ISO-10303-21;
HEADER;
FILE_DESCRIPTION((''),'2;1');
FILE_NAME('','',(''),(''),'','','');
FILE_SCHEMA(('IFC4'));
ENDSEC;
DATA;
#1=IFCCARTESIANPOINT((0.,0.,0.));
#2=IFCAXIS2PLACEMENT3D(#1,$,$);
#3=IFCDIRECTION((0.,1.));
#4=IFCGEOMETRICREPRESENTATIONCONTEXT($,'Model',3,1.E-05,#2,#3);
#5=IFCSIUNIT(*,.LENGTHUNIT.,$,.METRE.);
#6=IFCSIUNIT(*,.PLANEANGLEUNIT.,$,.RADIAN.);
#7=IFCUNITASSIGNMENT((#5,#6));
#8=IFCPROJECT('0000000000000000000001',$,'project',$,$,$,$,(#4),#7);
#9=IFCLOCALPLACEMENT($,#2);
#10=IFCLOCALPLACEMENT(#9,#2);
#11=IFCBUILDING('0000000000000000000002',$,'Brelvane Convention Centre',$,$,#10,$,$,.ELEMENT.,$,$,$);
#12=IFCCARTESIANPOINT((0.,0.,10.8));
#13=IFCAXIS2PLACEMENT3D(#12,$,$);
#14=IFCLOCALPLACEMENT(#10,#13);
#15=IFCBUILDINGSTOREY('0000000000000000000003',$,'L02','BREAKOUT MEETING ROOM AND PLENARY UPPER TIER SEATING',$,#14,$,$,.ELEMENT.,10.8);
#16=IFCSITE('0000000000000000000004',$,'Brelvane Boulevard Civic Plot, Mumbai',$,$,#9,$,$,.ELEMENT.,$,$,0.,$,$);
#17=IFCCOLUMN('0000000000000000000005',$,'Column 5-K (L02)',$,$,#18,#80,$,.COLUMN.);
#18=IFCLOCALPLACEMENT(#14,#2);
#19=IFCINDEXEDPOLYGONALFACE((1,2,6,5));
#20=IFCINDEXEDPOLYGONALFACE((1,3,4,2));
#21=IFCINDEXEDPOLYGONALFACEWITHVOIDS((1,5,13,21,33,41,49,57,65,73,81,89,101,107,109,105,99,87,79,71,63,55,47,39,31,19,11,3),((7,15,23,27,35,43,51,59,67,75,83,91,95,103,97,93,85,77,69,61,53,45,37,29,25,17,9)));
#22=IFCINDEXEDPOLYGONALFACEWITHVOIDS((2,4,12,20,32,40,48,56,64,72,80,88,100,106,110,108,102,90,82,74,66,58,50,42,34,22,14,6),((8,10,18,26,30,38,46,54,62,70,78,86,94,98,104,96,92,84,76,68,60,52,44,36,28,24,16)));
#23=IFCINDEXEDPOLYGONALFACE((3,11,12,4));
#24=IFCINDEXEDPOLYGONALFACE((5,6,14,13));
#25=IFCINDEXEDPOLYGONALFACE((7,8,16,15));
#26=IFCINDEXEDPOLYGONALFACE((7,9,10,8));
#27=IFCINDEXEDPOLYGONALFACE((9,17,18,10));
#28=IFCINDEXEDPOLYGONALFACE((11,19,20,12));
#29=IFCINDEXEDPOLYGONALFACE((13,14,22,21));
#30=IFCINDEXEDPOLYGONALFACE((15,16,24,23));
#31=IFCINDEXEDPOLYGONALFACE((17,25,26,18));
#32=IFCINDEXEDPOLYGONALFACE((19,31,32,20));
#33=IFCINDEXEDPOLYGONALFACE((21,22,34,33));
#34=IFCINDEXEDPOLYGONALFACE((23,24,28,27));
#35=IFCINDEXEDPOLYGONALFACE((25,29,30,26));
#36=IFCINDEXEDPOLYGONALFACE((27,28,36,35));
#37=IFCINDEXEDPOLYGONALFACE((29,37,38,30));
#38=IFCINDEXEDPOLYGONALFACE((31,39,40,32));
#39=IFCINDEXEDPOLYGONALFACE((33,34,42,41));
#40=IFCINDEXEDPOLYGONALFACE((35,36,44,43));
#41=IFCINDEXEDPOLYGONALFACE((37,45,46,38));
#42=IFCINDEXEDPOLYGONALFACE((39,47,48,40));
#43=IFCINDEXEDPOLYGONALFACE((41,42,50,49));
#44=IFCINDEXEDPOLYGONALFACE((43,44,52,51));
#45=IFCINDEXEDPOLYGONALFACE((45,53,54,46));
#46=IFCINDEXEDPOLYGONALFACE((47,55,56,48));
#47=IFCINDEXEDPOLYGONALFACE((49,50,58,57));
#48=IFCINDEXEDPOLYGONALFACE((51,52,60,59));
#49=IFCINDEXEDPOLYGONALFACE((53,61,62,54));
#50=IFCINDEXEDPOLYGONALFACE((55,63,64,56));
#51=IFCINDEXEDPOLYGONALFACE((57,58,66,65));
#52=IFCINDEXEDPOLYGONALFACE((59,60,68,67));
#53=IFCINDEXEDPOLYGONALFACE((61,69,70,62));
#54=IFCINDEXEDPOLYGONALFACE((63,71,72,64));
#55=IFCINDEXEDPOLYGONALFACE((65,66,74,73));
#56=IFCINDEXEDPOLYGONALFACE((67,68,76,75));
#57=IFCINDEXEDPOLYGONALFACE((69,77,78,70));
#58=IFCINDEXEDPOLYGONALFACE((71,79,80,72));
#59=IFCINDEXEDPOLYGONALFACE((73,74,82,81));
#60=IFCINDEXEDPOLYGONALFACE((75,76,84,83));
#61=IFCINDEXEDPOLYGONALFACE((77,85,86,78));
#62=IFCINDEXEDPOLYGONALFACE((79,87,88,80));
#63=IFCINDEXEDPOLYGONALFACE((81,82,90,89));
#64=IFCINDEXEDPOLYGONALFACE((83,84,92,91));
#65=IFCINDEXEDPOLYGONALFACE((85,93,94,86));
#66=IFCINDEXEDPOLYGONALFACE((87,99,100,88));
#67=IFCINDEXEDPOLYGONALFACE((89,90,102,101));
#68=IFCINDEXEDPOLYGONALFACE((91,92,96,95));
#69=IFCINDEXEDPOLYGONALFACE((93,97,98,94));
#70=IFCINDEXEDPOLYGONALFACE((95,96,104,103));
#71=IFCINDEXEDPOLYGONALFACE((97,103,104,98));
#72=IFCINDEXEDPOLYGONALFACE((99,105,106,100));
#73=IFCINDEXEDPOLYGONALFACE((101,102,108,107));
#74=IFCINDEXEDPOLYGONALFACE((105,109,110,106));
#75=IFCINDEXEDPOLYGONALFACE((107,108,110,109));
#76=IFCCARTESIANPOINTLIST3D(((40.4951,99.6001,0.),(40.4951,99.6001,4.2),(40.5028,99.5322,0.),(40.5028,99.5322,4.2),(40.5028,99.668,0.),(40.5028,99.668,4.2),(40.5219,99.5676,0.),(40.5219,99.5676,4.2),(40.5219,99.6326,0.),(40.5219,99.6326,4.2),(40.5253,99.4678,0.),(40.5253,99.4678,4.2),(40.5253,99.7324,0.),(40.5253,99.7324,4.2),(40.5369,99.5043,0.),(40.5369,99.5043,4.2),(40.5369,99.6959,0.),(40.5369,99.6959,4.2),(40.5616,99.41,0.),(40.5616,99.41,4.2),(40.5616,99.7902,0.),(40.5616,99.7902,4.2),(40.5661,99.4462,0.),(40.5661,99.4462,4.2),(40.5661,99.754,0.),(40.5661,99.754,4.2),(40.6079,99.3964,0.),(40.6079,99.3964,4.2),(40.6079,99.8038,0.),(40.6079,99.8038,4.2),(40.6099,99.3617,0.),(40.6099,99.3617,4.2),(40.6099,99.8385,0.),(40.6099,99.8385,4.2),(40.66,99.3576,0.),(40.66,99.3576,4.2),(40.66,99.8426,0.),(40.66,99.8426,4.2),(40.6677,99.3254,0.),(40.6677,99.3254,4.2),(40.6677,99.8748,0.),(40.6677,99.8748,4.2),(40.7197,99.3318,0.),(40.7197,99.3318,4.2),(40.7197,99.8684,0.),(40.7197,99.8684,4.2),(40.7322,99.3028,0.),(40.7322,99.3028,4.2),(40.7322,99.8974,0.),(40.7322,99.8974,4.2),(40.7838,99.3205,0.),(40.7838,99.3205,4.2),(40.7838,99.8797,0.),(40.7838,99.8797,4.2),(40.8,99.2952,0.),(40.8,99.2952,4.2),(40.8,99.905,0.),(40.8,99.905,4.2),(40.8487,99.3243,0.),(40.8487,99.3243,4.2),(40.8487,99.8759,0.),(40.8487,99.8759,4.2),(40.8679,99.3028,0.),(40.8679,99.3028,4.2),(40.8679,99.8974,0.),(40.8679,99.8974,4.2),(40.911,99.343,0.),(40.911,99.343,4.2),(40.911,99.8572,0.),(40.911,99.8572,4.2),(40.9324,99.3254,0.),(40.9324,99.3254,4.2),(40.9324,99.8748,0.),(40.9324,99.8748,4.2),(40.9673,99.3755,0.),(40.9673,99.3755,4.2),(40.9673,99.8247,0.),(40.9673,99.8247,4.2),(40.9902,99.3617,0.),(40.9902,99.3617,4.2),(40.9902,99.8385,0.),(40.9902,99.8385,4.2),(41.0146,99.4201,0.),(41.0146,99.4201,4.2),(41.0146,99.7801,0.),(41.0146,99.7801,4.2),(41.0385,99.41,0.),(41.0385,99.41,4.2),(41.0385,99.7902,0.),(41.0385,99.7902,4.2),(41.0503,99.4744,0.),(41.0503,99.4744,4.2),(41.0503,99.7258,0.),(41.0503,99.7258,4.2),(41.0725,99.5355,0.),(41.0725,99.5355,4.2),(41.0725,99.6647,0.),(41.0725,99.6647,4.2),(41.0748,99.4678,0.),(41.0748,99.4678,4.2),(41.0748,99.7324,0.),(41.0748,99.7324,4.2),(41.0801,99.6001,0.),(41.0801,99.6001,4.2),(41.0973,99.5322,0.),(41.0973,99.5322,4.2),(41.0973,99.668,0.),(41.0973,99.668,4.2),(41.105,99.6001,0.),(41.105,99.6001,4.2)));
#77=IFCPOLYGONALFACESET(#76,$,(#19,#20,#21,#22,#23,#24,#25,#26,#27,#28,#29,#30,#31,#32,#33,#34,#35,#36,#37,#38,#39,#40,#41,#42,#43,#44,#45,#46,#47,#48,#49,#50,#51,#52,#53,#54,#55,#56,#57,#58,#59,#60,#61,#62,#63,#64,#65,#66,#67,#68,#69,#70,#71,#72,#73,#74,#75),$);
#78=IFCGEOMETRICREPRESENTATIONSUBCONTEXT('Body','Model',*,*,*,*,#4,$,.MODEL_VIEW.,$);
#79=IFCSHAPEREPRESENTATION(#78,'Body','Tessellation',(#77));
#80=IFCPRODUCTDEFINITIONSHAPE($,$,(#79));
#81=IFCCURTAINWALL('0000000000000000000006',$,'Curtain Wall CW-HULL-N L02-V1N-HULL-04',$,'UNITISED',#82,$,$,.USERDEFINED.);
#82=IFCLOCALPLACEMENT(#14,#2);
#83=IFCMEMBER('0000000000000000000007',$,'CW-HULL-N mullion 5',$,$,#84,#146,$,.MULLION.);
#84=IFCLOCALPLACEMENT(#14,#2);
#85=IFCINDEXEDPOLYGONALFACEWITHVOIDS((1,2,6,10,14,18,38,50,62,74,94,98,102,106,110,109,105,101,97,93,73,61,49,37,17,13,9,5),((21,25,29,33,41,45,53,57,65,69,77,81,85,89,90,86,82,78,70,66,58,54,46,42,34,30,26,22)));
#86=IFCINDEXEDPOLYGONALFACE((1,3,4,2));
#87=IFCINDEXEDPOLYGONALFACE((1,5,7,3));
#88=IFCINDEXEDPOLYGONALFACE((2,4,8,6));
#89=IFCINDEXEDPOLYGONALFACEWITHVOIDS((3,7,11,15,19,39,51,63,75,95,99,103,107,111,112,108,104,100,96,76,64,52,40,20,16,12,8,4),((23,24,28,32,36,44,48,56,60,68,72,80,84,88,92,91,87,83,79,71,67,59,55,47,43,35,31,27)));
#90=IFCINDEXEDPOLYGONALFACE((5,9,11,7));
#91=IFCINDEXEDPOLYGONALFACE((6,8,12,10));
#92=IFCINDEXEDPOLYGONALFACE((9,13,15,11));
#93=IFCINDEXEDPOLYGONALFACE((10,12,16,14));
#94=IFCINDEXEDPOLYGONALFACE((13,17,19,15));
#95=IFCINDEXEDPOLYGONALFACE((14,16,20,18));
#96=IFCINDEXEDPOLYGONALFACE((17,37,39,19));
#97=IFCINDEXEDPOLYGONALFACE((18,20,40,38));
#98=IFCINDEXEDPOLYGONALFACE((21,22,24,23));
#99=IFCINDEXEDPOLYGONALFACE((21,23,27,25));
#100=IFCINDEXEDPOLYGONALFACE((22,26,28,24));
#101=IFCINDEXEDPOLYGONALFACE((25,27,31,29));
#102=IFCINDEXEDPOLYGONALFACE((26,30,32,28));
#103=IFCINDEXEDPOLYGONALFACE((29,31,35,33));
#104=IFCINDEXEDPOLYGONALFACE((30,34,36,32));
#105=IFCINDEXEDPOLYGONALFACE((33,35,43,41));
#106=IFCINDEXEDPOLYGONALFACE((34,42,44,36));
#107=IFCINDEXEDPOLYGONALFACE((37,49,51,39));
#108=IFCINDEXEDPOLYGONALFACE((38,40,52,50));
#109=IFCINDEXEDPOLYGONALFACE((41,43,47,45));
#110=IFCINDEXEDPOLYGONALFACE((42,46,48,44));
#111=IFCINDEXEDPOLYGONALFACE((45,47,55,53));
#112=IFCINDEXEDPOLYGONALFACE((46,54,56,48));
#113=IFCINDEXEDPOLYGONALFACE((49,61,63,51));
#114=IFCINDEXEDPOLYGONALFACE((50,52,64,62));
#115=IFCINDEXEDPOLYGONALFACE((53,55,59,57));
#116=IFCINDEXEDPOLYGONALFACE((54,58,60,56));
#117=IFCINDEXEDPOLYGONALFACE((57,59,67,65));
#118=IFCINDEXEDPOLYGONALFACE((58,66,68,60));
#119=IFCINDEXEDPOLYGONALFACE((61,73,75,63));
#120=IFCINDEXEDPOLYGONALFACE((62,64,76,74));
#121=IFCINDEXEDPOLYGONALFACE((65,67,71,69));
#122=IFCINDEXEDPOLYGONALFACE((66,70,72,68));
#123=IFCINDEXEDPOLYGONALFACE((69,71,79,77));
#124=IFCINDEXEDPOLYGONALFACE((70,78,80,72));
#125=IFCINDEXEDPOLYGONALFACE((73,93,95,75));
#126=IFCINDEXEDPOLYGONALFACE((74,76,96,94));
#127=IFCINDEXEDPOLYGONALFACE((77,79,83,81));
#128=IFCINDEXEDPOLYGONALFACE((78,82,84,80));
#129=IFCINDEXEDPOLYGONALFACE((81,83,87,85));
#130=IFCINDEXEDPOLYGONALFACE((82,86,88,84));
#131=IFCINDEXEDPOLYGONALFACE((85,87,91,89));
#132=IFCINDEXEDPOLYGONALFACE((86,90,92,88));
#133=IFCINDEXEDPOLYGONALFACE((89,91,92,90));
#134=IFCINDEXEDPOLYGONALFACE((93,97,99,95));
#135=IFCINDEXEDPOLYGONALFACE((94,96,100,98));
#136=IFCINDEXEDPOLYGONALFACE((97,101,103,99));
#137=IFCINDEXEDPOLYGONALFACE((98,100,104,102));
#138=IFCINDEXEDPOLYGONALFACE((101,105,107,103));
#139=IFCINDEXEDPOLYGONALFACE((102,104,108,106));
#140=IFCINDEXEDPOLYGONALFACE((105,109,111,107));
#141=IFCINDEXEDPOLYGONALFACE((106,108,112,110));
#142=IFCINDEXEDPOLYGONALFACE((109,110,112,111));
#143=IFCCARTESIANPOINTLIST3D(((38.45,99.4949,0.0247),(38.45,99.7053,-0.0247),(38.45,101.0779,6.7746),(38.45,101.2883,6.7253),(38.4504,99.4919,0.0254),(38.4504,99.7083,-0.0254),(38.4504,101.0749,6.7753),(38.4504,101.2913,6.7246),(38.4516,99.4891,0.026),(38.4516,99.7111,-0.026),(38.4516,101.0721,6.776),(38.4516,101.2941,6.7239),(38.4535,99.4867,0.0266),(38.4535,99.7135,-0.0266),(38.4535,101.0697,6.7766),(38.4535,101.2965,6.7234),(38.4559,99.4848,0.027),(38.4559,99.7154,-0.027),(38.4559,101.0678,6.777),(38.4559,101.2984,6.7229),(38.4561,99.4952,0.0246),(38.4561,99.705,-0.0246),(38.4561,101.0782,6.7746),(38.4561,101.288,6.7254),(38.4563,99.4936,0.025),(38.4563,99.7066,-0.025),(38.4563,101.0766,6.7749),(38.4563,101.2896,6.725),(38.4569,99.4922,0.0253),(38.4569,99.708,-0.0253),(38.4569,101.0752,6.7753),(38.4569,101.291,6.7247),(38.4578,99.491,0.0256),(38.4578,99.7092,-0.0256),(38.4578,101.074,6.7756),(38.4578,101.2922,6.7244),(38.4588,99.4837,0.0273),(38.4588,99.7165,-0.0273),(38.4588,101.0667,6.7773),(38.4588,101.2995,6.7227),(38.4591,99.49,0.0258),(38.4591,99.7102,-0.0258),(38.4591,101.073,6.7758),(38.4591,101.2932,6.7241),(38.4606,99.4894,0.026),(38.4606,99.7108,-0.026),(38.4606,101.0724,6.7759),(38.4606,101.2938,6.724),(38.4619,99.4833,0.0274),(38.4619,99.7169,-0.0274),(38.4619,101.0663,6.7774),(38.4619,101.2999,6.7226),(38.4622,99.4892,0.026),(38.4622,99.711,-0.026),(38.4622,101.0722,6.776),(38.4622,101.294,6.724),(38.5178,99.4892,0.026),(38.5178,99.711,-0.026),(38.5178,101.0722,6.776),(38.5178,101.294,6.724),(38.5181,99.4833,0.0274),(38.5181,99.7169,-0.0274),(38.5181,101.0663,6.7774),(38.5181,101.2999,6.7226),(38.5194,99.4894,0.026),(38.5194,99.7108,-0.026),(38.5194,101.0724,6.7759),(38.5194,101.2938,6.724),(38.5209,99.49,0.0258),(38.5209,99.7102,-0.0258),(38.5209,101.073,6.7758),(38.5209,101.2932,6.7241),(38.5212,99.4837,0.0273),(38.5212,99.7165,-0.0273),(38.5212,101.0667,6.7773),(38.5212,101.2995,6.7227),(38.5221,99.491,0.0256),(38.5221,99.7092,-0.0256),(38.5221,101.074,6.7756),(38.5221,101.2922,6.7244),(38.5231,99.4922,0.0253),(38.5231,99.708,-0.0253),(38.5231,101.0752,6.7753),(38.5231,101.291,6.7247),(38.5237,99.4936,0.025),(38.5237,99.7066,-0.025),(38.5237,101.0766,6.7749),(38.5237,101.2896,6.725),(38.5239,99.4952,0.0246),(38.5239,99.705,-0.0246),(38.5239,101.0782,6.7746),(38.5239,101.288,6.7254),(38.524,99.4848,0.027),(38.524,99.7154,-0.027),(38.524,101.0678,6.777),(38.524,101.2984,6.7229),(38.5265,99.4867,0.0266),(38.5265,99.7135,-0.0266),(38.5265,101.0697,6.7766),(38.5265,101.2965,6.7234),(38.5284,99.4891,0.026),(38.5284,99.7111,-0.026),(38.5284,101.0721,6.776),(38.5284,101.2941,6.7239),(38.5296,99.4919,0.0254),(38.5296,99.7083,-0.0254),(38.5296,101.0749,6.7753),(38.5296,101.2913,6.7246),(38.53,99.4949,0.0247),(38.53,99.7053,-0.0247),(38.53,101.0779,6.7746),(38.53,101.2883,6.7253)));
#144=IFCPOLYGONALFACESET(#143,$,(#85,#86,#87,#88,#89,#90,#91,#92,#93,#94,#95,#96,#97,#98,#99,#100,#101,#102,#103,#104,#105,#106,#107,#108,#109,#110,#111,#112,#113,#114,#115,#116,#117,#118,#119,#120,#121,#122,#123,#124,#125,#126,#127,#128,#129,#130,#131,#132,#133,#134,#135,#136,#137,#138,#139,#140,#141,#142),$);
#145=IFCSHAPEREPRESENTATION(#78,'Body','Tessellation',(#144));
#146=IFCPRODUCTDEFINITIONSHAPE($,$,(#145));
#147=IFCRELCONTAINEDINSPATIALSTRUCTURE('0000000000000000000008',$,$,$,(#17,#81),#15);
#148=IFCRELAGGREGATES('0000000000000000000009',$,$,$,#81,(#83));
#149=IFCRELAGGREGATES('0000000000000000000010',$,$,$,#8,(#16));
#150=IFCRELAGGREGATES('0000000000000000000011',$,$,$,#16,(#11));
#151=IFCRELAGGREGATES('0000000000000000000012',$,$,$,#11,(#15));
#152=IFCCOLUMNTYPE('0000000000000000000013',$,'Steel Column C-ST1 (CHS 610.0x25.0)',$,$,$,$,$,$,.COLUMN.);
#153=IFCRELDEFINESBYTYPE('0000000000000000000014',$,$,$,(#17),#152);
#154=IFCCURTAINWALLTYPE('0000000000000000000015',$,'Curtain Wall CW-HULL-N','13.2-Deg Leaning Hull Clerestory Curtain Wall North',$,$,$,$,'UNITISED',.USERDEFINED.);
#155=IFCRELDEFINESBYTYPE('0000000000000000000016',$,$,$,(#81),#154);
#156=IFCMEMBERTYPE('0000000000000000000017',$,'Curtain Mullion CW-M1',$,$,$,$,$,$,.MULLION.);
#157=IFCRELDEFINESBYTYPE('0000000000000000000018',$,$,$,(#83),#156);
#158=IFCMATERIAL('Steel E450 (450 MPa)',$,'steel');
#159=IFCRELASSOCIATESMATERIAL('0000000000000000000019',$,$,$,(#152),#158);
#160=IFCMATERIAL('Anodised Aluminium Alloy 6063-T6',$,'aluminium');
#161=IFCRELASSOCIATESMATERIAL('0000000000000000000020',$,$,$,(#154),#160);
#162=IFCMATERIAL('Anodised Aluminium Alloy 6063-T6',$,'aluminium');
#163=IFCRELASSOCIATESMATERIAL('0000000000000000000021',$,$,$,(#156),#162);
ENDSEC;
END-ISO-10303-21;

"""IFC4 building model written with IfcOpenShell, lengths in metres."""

from ifc_helpers import new_model, si_unit, direction, frame, origin, origin_2d, place, context, subcontext, project, spatial, hollow_rectangle, hollow_circle, extrude, material, material_profile, profile_set, type_object, element, aggregate, save


model = new_model("IFC4")

# Units and contexts
model_context = context("Model", 3, precision=1e-05, world=origin(), true_north=direction((0.0, 1.0)))
body_context = subcontext(model_context, "Body", "Model", "MODEL_VIEW")
ifc_project = project(units=[si_unit("LENGTHUNIT", "METRE"), si_unit("PLANEANGLEUNIT", "RADIAN")], contexts=[model_context])

# Site, building, storey
site_placement = place(None, origin())
site = spatial("IfcSite", under=ifc_project, at=site_placement, Name="Brelvane Boulevard Civic Plot, Mumbai", CompositionType="ELEMENT", RefElevation=0.0)
building_placement = place(site_placement, origin())
building = spatial("IfcBuilding", under=site, at=building_placement, Name="Brelvane Convention Centre", CompositionType="ELEMENT")
storey_placement = place(building_placement, frame((0.0, 0.0, 10.8)))
storey = spatial("IfcBuildingStorey", under=building, at=storey_placement, Name="L02", Description="BREAKOUT MEETING ROOM AND PLENARY UPPER TIER SEATING", CompositionType="ELEMENT", Elevation=10.8)

# Column
ifc_material_1 = material(Name="Steel E450 (450 MPa)", Category="steel")
ifc_material_profile_1 = material_profile(ifc_material_1, hollow_circle(Radius=0.3049, WallThickness=0.0249, at=origin_2d()), Name="CHS 610.0x25.0")
ifc_profile_set_1 = profile_set([ifc_material_profile_1], Name="Steel E450 (450 MPa)")
column_type = type_object("IfcColumnType", Name="Steel Column C-ST1 (CHS 610.0x25.0)", PredefinedType="COLUMN", material=ifc_profile_set_1)
column_placement = place(storey_placement, frame((40.8, 99.6001, 0.0), z_axis=(0.0, 0.0, 1.0), x_axis=(1.0, 0.0, 0.0)))
element("IfcColumn", 1, at=column_placement, inside=storey, type_object=column_type, Name="Column 5-K (L02)", PredefinedType="COLUMN", context=body_context, shape_type="SweptSolid", body=[
    extrude(hollow_circle(Radius=0.3049, WallThickness=0.0249, at=origin_2d()), origin(), (0.0, 0.0, 1.0), 4.2),
])

# Curtain wall, member
ifc_material_2 = material(Name="Anodised Aluminium Alloy 6063-T6", Category="aluminium")
curtain_wall_type = type_object("IfcCurtainWallType", Name="Curtain Wall CW-HULL-N", Description="13.2-Deg Leaning Hull Clerestory Curtain Wall North", ElementType="UNITISED", PredefinedType="USERDEFINED", material=ifc_material_2)
curtain_wall_1_placement = place(storey_placement, origin())
curtain_wall_1 = element("IfcCurtainWall", 2, at=curtain_wall_1_placement, inside=storey, type_object=curtain_wall_type, Name="Curtain Wall CW-HULL-N L02-V1N-HULL-04", ObjectType="UNITISED", PredefinedType="USERDEFINED")
ifc_material_3 = material(Name="Anodised Aluminium Alloy 6063-T6", Category="aluminium")
ifc_material_profile_2 = material_profile(ifc_material_3, hollow_rectangle(XDim=0.0801, YDim=0.24, WallThickness=0.0061, InnerFilletRadius=0.0061, OuterFilletRadius=0.012, at=origin_2d()), Name="ALU-M 240x80x6.0")
ifc_profile_set_2 = profile_set([ifc_material_profile_2], Name="Anodised Aluminium Alloy 6063-T6")
member_type_1 = type_object("IfcMemberType", Name="Curtain Mullion CW-M1", PredefinedType="MULLION", material=ifc_profile_set_2)
member_1_placement = place(storey_placement, frame((38.49, 99.6001, 0.0), z_axis=(0.0, 0.228325, 0.973585), x_axis=(-1.0, 0.0, 0.0)))
member_1 = element("IfcMember", 3, at=member_1_placement, type_object=member_type_1, Name="CW-HULL-N mullion 5", PredefinedType="MULLION", context=body_context, shape_type="SweptSolid", body=[
    extrude(hollow_rectangle(XDim=0.0801, YDim=0.24, WallThickness=0.0061, InnerFilletRadius=0.0061, OuterFilletRadius=0.012, at=origin_2d()), origin(), (0.0, 0.0, 1.0), 6.9331),
])

aggregate(curtain_wall_1, [member_1])

save(model, "model.ifc")
